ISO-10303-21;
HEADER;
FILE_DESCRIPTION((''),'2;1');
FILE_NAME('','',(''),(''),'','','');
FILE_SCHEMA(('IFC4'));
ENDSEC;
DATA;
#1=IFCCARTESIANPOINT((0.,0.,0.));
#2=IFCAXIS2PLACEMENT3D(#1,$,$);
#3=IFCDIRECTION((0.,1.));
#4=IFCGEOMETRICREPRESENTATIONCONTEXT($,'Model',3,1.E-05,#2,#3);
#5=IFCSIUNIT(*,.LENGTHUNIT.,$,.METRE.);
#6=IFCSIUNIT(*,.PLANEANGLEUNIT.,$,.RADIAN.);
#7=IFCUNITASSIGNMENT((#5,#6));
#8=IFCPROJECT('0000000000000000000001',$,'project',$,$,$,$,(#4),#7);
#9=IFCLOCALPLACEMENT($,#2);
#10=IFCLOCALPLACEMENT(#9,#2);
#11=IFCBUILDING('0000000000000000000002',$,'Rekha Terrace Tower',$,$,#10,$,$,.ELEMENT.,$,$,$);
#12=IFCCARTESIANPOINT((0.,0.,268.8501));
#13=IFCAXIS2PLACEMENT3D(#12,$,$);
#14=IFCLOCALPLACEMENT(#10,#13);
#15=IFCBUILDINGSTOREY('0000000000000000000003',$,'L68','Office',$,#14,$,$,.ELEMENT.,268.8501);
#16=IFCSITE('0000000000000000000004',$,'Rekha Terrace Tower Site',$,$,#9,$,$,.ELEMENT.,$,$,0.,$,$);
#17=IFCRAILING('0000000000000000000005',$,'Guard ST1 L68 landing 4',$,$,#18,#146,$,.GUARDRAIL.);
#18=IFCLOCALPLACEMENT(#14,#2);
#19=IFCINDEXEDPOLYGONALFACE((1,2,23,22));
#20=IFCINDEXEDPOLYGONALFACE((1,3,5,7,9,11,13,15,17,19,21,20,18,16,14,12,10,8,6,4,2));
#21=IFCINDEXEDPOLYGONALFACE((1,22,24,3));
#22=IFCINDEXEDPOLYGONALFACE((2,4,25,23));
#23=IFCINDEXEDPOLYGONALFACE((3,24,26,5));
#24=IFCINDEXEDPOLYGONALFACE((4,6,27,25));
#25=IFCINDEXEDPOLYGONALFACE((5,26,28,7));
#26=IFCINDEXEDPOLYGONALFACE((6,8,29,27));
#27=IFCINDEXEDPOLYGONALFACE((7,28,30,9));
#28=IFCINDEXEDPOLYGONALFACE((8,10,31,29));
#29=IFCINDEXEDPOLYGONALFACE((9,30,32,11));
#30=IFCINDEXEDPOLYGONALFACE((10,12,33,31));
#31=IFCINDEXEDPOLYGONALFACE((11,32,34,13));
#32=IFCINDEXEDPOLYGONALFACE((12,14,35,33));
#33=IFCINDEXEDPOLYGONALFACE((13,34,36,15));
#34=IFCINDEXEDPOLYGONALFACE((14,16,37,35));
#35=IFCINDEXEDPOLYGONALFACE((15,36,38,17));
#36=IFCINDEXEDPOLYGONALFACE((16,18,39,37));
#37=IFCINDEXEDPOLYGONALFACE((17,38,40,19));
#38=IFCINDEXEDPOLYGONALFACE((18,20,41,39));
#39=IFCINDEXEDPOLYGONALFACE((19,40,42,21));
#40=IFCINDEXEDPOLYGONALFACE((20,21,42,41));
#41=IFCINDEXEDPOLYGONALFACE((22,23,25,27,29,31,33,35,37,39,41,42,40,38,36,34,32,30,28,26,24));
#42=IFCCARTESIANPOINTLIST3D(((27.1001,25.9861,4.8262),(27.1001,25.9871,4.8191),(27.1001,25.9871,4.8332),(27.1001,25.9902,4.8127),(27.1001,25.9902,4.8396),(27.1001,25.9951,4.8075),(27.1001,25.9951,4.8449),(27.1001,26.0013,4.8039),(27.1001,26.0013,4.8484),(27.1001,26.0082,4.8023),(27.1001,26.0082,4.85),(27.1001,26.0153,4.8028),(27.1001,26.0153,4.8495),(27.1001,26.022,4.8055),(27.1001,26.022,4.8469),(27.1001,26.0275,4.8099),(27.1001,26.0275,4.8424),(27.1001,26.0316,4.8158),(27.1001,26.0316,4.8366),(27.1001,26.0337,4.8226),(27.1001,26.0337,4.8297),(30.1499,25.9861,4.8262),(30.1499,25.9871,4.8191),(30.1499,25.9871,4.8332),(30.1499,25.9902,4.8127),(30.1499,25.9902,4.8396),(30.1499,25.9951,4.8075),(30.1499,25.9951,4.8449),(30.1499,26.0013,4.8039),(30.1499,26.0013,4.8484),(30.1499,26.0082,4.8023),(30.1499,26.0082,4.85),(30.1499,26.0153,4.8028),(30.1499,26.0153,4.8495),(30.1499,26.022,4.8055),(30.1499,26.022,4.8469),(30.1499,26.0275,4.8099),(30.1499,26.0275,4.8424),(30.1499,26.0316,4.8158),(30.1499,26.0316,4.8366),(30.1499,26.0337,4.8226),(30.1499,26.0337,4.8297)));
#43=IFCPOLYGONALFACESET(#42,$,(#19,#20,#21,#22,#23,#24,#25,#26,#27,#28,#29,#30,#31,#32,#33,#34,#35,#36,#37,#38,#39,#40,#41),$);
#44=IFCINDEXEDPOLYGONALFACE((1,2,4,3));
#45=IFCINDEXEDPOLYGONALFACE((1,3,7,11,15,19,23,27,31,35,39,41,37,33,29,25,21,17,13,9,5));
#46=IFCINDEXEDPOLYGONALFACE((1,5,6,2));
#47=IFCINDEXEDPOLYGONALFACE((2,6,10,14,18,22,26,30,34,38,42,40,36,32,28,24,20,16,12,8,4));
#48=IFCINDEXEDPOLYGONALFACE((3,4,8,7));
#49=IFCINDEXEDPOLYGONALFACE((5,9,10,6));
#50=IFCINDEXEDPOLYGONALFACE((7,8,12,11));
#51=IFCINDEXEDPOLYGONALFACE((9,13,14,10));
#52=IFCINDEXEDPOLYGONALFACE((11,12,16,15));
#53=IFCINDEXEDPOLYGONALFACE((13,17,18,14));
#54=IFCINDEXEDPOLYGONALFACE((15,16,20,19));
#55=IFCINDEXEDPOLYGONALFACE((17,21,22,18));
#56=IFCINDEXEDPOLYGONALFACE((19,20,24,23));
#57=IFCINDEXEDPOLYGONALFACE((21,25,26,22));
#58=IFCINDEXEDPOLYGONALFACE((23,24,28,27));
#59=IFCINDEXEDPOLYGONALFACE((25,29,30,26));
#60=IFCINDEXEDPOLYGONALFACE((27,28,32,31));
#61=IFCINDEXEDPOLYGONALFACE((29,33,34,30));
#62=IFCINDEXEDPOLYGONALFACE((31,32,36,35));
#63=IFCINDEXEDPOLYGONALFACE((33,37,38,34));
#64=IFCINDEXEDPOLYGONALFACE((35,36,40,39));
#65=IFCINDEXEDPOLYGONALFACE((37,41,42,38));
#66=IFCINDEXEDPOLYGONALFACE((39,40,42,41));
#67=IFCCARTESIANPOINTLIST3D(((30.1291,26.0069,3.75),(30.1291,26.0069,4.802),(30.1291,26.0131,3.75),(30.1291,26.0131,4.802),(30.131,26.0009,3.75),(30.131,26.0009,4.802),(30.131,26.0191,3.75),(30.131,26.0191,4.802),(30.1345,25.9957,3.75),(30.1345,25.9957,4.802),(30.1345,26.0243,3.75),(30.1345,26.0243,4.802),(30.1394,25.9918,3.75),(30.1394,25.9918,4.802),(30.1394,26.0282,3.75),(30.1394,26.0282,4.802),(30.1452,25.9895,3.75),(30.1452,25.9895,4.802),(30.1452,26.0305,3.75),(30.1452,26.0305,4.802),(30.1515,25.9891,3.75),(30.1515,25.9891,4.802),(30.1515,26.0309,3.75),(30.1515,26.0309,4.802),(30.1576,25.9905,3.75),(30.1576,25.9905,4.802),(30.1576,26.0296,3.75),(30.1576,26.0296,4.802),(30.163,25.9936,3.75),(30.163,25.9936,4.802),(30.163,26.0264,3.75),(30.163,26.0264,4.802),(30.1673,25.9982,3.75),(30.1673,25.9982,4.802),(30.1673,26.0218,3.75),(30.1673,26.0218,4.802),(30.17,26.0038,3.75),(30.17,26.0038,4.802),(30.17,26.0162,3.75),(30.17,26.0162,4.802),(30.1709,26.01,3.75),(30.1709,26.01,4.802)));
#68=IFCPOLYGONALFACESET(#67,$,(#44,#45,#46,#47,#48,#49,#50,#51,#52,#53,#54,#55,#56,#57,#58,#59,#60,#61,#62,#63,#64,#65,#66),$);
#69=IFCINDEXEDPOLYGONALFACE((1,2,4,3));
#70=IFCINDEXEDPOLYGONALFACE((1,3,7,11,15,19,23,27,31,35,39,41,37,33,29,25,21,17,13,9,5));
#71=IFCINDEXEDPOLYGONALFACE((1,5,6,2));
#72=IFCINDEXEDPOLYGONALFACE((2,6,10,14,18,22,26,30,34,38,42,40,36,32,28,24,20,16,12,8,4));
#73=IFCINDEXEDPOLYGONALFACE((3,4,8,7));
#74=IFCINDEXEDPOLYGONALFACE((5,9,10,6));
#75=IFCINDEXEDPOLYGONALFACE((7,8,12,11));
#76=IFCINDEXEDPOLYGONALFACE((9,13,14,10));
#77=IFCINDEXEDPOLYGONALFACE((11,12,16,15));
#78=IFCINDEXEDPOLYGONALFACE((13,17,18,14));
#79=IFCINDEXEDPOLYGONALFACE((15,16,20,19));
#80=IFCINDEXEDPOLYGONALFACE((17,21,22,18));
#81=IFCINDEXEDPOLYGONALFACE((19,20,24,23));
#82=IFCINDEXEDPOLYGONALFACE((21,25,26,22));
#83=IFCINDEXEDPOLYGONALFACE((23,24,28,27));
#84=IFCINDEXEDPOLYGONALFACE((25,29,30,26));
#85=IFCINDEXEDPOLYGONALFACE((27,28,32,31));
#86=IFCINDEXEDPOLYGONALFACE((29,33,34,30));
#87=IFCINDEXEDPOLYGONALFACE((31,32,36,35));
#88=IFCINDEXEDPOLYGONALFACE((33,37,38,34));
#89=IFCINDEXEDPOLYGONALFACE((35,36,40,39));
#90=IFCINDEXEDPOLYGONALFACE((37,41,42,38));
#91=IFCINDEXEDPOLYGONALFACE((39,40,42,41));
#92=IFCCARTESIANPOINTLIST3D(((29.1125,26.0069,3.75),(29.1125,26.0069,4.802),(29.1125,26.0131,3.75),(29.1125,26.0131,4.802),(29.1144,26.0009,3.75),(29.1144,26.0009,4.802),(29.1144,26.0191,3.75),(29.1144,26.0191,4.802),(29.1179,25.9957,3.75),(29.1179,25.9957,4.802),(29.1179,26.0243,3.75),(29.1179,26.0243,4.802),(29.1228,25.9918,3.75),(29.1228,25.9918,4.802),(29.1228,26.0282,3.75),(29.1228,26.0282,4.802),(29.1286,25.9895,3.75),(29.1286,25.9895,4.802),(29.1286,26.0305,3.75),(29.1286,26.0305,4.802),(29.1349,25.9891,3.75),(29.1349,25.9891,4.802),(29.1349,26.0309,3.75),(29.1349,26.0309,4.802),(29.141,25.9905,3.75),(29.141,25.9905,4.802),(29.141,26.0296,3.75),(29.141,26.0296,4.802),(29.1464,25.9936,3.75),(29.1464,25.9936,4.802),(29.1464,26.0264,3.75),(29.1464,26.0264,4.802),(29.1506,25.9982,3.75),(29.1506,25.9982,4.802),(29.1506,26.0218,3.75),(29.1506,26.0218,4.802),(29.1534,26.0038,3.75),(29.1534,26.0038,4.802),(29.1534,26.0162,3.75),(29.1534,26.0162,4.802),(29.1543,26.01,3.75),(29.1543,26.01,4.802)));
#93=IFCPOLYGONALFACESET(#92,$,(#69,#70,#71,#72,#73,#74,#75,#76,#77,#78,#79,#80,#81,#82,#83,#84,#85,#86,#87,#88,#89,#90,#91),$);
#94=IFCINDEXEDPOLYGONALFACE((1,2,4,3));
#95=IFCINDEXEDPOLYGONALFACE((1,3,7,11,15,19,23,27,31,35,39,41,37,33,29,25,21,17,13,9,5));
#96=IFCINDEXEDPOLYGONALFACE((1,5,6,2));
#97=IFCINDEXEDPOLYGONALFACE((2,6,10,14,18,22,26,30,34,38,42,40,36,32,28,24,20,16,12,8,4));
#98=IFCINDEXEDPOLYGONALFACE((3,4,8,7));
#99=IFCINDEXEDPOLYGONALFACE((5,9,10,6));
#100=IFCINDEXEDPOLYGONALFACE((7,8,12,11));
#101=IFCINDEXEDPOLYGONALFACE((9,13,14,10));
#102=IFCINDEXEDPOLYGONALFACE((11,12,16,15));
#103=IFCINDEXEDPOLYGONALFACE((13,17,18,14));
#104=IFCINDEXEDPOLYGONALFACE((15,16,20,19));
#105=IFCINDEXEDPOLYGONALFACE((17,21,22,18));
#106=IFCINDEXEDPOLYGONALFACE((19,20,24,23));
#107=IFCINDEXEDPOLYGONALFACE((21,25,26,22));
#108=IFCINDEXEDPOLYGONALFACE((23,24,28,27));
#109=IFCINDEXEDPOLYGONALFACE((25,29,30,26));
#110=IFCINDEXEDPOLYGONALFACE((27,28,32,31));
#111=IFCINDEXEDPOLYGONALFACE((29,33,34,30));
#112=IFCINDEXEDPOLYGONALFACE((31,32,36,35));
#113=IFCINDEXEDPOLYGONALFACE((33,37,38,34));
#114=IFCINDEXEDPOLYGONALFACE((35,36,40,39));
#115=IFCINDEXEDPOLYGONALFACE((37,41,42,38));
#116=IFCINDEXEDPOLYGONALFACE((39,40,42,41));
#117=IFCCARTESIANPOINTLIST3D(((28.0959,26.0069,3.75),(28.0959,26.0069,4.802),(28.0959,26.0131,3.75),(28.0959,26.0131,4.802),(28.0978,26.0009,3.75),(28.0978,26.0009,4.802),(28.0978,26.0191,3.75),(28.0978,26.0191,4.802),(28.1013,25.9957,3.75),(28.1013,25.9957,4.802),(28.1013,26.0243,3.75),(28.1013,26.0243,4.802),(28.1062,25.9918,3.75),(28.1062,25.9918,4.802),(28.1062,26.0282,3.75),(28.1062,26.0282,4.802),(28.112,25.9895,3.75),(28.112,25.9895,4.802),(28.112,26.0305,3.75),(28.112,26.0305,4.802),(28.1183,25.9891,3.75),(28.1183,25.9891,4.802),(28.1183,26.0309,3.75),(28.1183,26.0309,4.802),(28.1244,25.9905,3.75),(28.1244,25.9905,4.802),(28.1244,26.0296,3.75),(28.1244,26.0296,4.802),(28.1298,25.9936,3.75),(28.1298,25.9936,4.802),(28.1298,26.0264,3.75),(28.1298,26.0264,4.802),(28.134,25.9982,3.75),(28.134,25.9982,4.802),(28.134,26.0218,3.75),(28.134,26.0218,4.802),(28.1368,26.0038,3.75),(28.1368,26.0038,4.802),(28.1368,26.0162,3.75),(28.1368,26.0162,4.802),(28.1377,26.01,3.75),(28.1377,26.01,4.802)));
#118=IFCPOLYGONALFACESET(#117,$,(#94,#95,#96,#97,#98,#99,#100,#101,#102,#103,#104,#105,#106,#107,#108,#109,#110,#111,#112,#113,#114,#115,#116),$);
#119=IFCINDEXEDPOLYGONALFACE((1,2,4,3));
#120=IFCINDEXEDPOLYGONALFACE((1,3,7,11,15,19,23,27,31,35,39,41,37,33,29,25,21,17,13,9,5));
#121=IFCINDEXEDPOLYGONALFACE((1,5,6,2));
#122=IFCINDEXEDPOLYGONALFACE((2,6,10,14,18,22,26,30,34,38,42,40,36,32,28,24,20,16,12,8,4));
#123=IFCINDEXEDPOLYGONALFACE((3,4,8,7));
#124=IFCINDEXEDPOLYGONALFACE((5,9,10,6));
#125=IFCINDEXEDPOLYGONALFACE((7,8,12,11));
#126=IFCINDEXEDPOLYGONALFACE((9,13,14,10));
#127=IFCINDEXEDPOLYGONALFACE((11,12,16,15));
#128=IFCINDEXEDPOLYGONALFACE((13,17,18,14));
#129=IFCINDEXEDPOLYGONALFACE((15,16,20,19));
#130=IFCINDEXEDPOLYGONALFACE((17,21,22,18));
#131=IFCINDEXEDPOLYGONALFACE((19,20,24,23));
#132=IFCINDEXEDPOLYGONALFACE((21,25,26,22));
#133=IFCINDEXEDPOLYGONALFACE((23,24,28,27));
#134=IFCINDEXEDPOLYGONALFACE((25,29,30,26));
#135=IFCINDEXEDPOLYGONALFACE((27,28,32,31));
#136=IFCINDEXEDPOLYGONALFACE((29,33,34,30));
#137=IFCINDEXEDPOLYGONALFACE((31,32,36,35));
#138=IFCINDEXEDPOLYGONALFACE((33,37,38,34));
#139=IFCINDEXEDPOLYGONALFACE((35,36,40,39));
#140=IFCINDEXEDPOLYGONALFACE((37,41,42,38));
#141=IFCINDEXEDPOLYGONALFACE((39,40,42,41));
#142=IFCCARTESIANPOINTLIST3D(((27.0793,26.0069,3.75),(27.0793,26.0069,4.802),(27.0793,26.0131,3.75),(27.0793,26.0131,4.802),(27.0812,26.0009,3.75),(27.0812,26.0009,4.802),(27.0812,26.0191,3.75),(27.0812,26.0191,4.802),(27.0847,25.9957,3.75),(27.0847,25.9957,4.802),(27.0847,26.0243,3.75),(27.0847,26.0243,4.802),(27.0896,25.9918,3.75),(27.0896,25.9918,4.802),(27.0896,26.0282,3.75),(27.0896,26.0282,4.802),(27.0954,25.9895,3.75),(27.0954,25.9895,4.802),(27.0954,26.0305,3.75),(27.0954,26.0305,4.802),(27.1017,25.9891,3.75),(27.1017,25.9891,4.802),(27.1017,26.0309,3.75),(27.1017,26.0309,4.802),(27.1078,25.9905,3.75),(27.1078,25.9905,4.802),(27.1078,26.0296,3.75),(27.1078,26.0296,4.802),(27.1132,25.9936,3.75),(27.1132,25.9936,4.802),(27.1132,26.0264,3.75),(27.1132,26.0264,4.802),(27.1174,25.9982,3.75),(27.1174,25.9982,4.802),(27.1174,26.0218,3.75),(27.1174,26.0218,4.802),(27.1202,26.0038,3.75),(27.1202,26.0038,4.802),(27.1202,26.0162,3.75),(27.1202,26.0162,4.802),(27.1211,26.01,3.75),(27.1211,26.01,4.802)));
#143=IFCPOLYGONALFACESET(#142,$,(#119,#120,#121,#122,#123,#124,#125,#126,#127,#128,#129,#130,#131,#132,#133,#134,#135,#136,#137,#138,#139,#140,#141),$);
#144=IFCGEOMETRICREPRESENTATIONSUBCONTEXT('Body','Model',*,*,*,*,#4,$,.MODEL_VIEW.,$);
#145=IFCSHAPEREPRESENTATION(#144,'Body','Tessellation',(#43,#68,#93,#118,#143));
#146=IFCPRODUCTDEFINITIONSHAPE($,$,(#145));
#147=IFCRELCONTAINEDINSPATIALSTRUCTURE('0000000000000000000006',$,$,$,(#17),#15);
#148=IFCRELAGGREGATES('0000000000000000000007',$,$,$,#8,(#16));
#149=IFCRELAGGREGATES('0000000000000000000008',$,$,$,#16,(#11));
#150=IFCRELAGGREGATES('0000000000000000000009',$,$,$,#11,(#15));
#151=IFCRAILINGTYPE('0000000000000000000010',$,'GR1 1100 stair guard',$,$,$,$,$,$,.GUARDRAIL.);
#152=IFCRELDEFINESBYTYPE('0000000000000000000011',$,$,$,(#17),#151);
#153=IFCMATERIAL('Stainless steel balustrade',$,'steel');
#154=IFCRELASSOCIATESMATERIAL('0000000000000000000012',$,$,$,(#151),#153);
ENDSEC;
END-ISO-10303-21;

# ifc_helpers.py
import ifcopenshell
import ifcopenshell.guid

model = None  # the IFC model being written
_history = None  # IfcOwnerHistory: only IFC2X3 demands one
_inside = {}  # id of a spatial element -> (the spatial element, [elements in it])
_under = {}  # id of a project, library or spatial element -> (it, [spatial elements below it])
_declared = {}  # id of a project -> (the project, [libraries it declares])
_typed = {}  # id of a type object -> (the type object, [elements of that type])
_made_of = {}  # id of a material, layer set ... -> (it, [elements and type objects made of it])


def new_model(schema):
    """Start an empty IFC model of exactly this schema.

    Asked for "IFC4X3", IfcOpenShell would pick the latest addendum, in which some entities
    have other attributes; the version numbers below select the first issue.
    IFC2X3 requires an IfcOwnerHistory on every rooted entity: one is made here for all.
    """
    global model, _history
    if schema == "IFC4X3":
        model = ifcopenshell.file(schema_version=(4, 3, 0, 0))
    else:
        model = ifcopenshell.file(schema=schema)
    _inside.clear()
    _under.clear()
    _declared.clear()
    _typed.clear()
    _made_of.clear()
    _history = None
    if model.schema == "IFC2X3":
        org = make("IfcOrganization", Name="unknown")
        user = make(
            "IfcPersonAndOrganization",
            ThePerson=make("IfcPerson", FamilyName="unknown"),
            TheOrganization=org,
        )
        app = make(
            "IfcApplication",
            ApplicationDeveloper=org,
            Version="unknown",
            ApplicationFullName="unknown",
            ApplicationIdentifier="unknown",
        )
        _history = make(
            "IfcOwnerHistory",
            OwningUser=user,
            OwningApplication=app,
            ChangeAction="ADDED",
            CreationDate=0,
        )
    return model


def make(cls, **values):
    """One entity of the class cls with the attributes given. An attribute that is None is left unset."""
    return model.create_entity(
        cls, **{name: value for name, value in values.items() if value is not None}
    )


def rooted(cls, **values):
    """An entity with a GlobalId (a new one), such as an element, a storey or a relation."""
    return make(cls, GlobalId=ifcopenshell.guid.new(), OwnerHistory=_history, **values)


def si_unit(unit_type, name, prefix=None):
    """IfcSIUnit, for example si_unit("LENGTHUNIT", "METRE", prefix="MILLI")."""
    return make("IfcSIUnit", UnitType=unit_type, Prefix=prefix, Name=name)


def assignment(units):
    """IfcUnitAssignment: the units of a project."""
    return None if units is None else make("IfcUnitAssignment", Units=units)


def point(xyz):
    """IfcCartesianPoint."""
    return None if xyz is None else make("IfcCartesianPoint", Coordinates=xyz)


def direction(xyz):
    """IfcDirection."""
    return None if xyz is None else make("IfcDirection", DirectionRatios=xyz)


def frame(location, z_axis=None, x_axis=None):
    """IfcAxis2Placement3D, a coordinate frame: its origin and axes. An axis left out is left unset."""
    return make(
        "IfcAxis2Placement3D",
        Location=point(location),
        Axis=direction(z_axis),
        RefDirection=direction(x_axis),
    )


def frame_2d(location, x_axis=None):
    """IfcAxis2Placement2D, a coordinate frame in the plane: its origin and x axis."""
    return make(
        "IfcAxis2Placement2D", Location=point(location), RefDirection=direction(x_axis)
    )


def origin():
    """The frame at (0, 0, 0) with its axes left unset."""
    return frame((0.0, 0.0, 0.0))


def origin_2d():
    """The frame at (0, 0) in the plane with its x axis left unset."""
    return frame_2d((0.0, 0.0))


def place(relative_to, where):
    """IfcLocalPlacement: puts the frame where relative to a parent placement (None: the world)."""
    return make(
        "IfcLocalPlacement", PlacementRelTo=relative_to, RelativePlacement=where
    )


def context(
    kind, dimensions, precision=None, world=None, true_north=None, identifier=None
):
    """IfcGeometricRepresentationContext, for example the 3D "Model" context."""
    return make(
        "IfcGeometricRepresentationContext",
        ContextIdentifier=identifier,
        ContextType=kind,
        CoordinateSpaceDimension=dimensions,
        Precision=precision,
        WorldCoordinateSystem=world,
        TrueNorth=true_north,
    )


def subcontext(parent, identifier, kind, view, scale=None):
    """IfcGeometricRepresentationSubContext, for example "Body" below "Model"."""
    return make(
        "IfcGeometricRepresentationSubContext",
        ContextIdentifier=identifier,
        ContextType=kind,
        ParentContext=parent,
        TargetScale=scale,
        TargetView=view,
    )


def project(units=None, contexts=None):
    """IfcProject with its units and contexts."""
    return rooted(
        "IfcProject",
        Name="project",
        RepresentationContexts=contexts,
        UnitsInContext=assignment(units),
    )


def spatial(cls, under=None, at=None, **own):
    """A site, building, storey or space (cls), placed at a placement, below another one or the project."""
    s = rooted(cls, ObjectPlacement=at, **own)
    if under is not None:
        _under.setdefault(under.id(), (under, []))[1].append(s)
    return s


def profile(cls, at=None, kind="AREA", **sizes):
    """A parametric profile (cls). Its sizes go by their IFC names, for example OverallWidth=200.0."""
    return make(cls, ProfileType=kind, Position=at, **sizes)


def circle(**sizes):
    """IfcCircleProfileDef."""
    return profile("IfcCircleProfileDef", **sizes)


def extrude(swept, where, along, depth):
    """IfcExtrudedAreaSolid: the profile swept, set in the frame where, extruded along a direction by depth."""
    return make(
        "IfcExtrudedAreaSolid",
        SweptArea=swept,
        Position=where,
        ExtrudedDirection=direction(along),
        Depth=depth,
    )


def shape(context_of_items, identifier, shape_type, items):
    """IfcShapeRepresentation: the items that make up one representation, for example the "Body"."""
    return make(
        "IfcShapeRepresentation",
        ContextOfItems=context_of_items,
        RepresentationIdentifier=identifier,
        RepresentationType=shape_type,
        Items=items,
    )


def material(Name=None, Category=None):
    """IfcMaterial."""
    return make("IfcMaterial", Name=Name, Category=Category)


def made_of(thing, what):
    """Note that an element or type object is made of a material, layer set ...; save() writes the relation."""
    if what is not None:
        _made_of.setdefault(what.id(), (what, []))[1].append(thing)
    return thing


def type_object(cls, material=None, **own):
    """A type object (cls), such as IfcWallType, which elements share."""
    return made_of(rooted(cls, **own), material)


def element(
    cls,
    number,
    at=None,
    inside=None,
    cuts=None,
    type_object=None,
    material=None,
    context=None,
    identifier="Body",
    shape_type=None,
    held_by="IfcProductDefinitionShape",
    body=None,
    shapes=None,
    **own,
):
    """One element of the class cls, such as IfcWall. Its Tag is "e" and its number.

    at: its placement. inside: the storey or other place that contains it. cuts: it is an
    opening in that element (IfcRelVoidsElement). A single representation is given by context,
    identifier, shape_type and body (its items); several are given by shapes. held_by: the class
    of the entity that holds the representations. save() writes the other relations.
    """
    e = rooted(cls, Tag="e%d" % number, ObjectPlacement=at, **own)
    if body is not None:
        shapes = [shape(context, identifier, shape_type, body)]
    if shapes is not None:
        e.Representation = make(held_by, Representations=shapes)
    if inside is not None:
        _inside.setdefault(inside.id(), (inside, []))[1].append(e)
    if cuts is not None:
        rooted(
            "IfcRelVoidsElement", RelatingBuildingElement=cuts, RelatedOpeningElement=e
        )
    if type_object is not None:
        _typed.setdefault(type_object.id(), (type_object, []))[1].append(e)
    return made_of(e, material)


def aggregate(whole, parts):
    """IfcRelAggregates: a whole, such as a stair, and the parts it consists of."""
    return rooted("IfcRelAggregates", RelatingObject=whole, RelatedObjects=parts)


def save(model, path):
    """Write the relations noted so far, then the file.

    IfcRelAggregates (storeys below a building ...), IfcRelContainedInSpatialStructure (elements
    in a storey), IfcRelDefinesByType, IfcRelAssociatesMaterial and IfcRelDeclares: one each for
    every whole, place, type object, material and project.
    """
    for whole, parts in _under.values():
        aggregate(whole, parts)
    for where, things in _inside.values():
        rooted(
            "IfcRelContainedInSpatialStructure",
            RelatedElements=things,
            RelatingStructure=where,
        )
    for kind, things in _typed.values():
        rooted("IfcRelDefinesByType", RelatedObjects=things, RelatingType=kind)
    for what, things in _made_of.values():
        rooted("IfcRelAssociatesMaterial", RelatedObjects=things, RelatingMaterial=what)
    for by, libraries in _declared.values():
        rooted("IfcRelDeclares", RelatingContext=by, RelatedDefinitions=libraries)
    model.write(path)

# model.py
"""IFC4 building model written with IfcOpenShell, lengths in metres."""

from ifc_helpers import new_model, si_unit, direction, frame, origin, origin_2d, place, context, subcontext, project, spatial, circle, extrude, material, type_object, element, save


model = new_model("IFC4")

# Units and contexts
model_context = context("Model", 3, precision=1e-05, world=origin(), true_north=direction((0.0, 1.0)))
body_context = subcontext(model_context, "Body", "Model", "MODEL_VIEW")
ifc_project = project(units=[si_unit("LENGTHUNIT", "METRE"), si_unit("PLANEANGLEUNIT", "RADIAN")], contexts=[model_context])

# Site, building, storey
site_placement = place(None, origin())
site = spatial("IfcSite", under=ifc_project, at=site_placement, Name="Rekha Terrace Tower Site", CompositionType="ELEMENT", RefElevation=0.0)
building_placement = place(site_placement, origin())
building = spatial("IfcBuilding", under=site, at=building_placement, Name="Rekha Terrace Tower", CompositionType="ELEMENT")
storey_placement = place(building_placement, frame((0.0, 0.0, 268.8501)))
storey = spatial("IfcBuildingStorey", under=building, at=storey_placement, Name="L68", Description="Office", CompositionType="ELEMENT", Elevation=268.8501)

# Railing
ifc_material_1 = material(Name="Stainless steel balustrade", Category="steel")
railing_type_1 = type_object("IfcRailingType", Name="GR1 1100 stair guard", PredefinedType="GUARDRAIL", material=ifc_material_1)
railing_1_placement = place(storey_placement, frame((30.1499, 26.01, 3.75)))
element("IfcRailing", 1, at=railing_1_placement, inside=storey, type_object=railing_type_1, Name="Guard ST1 L68 landing 4", PredefinedType="GUARDRAIL", context=body_context, shape_type="SweptSolid", body=[
    extrude(circle(Radius=0.0239, at=origin_2d()), frame((0.0, 0.0, 1.0762), z_axis=(-1.0, 0.0, 0.0), x_axis=(0.0, -1.0, 0.0)), (0.0, 0.0, 1.0), 3.0498),
    extrude(circle(Radius=0.021, at=origin_2d()), origin(), (0.0, 0.0, 1.0), 1.052),
    extrude(circle(Radius=0.021, at=origin_2d()), frame((-1.0166, 0.0, 0.0)), (0.0, 0.0, 1.0), 1.052),
    extrude(circle(Radius=0.021, at=origin_2d()), frame((-2.0332, 0.0, 0.0)), (0.0, 0.0, 1.0), 1.052),
    extrude(circle(Radius=0.021, at=origin_2d()), frame((-3.0498, 0.0, 0.0)), (0.0, 0.0, 1.0), 1.052),
])

save(model, "model.ifc")
